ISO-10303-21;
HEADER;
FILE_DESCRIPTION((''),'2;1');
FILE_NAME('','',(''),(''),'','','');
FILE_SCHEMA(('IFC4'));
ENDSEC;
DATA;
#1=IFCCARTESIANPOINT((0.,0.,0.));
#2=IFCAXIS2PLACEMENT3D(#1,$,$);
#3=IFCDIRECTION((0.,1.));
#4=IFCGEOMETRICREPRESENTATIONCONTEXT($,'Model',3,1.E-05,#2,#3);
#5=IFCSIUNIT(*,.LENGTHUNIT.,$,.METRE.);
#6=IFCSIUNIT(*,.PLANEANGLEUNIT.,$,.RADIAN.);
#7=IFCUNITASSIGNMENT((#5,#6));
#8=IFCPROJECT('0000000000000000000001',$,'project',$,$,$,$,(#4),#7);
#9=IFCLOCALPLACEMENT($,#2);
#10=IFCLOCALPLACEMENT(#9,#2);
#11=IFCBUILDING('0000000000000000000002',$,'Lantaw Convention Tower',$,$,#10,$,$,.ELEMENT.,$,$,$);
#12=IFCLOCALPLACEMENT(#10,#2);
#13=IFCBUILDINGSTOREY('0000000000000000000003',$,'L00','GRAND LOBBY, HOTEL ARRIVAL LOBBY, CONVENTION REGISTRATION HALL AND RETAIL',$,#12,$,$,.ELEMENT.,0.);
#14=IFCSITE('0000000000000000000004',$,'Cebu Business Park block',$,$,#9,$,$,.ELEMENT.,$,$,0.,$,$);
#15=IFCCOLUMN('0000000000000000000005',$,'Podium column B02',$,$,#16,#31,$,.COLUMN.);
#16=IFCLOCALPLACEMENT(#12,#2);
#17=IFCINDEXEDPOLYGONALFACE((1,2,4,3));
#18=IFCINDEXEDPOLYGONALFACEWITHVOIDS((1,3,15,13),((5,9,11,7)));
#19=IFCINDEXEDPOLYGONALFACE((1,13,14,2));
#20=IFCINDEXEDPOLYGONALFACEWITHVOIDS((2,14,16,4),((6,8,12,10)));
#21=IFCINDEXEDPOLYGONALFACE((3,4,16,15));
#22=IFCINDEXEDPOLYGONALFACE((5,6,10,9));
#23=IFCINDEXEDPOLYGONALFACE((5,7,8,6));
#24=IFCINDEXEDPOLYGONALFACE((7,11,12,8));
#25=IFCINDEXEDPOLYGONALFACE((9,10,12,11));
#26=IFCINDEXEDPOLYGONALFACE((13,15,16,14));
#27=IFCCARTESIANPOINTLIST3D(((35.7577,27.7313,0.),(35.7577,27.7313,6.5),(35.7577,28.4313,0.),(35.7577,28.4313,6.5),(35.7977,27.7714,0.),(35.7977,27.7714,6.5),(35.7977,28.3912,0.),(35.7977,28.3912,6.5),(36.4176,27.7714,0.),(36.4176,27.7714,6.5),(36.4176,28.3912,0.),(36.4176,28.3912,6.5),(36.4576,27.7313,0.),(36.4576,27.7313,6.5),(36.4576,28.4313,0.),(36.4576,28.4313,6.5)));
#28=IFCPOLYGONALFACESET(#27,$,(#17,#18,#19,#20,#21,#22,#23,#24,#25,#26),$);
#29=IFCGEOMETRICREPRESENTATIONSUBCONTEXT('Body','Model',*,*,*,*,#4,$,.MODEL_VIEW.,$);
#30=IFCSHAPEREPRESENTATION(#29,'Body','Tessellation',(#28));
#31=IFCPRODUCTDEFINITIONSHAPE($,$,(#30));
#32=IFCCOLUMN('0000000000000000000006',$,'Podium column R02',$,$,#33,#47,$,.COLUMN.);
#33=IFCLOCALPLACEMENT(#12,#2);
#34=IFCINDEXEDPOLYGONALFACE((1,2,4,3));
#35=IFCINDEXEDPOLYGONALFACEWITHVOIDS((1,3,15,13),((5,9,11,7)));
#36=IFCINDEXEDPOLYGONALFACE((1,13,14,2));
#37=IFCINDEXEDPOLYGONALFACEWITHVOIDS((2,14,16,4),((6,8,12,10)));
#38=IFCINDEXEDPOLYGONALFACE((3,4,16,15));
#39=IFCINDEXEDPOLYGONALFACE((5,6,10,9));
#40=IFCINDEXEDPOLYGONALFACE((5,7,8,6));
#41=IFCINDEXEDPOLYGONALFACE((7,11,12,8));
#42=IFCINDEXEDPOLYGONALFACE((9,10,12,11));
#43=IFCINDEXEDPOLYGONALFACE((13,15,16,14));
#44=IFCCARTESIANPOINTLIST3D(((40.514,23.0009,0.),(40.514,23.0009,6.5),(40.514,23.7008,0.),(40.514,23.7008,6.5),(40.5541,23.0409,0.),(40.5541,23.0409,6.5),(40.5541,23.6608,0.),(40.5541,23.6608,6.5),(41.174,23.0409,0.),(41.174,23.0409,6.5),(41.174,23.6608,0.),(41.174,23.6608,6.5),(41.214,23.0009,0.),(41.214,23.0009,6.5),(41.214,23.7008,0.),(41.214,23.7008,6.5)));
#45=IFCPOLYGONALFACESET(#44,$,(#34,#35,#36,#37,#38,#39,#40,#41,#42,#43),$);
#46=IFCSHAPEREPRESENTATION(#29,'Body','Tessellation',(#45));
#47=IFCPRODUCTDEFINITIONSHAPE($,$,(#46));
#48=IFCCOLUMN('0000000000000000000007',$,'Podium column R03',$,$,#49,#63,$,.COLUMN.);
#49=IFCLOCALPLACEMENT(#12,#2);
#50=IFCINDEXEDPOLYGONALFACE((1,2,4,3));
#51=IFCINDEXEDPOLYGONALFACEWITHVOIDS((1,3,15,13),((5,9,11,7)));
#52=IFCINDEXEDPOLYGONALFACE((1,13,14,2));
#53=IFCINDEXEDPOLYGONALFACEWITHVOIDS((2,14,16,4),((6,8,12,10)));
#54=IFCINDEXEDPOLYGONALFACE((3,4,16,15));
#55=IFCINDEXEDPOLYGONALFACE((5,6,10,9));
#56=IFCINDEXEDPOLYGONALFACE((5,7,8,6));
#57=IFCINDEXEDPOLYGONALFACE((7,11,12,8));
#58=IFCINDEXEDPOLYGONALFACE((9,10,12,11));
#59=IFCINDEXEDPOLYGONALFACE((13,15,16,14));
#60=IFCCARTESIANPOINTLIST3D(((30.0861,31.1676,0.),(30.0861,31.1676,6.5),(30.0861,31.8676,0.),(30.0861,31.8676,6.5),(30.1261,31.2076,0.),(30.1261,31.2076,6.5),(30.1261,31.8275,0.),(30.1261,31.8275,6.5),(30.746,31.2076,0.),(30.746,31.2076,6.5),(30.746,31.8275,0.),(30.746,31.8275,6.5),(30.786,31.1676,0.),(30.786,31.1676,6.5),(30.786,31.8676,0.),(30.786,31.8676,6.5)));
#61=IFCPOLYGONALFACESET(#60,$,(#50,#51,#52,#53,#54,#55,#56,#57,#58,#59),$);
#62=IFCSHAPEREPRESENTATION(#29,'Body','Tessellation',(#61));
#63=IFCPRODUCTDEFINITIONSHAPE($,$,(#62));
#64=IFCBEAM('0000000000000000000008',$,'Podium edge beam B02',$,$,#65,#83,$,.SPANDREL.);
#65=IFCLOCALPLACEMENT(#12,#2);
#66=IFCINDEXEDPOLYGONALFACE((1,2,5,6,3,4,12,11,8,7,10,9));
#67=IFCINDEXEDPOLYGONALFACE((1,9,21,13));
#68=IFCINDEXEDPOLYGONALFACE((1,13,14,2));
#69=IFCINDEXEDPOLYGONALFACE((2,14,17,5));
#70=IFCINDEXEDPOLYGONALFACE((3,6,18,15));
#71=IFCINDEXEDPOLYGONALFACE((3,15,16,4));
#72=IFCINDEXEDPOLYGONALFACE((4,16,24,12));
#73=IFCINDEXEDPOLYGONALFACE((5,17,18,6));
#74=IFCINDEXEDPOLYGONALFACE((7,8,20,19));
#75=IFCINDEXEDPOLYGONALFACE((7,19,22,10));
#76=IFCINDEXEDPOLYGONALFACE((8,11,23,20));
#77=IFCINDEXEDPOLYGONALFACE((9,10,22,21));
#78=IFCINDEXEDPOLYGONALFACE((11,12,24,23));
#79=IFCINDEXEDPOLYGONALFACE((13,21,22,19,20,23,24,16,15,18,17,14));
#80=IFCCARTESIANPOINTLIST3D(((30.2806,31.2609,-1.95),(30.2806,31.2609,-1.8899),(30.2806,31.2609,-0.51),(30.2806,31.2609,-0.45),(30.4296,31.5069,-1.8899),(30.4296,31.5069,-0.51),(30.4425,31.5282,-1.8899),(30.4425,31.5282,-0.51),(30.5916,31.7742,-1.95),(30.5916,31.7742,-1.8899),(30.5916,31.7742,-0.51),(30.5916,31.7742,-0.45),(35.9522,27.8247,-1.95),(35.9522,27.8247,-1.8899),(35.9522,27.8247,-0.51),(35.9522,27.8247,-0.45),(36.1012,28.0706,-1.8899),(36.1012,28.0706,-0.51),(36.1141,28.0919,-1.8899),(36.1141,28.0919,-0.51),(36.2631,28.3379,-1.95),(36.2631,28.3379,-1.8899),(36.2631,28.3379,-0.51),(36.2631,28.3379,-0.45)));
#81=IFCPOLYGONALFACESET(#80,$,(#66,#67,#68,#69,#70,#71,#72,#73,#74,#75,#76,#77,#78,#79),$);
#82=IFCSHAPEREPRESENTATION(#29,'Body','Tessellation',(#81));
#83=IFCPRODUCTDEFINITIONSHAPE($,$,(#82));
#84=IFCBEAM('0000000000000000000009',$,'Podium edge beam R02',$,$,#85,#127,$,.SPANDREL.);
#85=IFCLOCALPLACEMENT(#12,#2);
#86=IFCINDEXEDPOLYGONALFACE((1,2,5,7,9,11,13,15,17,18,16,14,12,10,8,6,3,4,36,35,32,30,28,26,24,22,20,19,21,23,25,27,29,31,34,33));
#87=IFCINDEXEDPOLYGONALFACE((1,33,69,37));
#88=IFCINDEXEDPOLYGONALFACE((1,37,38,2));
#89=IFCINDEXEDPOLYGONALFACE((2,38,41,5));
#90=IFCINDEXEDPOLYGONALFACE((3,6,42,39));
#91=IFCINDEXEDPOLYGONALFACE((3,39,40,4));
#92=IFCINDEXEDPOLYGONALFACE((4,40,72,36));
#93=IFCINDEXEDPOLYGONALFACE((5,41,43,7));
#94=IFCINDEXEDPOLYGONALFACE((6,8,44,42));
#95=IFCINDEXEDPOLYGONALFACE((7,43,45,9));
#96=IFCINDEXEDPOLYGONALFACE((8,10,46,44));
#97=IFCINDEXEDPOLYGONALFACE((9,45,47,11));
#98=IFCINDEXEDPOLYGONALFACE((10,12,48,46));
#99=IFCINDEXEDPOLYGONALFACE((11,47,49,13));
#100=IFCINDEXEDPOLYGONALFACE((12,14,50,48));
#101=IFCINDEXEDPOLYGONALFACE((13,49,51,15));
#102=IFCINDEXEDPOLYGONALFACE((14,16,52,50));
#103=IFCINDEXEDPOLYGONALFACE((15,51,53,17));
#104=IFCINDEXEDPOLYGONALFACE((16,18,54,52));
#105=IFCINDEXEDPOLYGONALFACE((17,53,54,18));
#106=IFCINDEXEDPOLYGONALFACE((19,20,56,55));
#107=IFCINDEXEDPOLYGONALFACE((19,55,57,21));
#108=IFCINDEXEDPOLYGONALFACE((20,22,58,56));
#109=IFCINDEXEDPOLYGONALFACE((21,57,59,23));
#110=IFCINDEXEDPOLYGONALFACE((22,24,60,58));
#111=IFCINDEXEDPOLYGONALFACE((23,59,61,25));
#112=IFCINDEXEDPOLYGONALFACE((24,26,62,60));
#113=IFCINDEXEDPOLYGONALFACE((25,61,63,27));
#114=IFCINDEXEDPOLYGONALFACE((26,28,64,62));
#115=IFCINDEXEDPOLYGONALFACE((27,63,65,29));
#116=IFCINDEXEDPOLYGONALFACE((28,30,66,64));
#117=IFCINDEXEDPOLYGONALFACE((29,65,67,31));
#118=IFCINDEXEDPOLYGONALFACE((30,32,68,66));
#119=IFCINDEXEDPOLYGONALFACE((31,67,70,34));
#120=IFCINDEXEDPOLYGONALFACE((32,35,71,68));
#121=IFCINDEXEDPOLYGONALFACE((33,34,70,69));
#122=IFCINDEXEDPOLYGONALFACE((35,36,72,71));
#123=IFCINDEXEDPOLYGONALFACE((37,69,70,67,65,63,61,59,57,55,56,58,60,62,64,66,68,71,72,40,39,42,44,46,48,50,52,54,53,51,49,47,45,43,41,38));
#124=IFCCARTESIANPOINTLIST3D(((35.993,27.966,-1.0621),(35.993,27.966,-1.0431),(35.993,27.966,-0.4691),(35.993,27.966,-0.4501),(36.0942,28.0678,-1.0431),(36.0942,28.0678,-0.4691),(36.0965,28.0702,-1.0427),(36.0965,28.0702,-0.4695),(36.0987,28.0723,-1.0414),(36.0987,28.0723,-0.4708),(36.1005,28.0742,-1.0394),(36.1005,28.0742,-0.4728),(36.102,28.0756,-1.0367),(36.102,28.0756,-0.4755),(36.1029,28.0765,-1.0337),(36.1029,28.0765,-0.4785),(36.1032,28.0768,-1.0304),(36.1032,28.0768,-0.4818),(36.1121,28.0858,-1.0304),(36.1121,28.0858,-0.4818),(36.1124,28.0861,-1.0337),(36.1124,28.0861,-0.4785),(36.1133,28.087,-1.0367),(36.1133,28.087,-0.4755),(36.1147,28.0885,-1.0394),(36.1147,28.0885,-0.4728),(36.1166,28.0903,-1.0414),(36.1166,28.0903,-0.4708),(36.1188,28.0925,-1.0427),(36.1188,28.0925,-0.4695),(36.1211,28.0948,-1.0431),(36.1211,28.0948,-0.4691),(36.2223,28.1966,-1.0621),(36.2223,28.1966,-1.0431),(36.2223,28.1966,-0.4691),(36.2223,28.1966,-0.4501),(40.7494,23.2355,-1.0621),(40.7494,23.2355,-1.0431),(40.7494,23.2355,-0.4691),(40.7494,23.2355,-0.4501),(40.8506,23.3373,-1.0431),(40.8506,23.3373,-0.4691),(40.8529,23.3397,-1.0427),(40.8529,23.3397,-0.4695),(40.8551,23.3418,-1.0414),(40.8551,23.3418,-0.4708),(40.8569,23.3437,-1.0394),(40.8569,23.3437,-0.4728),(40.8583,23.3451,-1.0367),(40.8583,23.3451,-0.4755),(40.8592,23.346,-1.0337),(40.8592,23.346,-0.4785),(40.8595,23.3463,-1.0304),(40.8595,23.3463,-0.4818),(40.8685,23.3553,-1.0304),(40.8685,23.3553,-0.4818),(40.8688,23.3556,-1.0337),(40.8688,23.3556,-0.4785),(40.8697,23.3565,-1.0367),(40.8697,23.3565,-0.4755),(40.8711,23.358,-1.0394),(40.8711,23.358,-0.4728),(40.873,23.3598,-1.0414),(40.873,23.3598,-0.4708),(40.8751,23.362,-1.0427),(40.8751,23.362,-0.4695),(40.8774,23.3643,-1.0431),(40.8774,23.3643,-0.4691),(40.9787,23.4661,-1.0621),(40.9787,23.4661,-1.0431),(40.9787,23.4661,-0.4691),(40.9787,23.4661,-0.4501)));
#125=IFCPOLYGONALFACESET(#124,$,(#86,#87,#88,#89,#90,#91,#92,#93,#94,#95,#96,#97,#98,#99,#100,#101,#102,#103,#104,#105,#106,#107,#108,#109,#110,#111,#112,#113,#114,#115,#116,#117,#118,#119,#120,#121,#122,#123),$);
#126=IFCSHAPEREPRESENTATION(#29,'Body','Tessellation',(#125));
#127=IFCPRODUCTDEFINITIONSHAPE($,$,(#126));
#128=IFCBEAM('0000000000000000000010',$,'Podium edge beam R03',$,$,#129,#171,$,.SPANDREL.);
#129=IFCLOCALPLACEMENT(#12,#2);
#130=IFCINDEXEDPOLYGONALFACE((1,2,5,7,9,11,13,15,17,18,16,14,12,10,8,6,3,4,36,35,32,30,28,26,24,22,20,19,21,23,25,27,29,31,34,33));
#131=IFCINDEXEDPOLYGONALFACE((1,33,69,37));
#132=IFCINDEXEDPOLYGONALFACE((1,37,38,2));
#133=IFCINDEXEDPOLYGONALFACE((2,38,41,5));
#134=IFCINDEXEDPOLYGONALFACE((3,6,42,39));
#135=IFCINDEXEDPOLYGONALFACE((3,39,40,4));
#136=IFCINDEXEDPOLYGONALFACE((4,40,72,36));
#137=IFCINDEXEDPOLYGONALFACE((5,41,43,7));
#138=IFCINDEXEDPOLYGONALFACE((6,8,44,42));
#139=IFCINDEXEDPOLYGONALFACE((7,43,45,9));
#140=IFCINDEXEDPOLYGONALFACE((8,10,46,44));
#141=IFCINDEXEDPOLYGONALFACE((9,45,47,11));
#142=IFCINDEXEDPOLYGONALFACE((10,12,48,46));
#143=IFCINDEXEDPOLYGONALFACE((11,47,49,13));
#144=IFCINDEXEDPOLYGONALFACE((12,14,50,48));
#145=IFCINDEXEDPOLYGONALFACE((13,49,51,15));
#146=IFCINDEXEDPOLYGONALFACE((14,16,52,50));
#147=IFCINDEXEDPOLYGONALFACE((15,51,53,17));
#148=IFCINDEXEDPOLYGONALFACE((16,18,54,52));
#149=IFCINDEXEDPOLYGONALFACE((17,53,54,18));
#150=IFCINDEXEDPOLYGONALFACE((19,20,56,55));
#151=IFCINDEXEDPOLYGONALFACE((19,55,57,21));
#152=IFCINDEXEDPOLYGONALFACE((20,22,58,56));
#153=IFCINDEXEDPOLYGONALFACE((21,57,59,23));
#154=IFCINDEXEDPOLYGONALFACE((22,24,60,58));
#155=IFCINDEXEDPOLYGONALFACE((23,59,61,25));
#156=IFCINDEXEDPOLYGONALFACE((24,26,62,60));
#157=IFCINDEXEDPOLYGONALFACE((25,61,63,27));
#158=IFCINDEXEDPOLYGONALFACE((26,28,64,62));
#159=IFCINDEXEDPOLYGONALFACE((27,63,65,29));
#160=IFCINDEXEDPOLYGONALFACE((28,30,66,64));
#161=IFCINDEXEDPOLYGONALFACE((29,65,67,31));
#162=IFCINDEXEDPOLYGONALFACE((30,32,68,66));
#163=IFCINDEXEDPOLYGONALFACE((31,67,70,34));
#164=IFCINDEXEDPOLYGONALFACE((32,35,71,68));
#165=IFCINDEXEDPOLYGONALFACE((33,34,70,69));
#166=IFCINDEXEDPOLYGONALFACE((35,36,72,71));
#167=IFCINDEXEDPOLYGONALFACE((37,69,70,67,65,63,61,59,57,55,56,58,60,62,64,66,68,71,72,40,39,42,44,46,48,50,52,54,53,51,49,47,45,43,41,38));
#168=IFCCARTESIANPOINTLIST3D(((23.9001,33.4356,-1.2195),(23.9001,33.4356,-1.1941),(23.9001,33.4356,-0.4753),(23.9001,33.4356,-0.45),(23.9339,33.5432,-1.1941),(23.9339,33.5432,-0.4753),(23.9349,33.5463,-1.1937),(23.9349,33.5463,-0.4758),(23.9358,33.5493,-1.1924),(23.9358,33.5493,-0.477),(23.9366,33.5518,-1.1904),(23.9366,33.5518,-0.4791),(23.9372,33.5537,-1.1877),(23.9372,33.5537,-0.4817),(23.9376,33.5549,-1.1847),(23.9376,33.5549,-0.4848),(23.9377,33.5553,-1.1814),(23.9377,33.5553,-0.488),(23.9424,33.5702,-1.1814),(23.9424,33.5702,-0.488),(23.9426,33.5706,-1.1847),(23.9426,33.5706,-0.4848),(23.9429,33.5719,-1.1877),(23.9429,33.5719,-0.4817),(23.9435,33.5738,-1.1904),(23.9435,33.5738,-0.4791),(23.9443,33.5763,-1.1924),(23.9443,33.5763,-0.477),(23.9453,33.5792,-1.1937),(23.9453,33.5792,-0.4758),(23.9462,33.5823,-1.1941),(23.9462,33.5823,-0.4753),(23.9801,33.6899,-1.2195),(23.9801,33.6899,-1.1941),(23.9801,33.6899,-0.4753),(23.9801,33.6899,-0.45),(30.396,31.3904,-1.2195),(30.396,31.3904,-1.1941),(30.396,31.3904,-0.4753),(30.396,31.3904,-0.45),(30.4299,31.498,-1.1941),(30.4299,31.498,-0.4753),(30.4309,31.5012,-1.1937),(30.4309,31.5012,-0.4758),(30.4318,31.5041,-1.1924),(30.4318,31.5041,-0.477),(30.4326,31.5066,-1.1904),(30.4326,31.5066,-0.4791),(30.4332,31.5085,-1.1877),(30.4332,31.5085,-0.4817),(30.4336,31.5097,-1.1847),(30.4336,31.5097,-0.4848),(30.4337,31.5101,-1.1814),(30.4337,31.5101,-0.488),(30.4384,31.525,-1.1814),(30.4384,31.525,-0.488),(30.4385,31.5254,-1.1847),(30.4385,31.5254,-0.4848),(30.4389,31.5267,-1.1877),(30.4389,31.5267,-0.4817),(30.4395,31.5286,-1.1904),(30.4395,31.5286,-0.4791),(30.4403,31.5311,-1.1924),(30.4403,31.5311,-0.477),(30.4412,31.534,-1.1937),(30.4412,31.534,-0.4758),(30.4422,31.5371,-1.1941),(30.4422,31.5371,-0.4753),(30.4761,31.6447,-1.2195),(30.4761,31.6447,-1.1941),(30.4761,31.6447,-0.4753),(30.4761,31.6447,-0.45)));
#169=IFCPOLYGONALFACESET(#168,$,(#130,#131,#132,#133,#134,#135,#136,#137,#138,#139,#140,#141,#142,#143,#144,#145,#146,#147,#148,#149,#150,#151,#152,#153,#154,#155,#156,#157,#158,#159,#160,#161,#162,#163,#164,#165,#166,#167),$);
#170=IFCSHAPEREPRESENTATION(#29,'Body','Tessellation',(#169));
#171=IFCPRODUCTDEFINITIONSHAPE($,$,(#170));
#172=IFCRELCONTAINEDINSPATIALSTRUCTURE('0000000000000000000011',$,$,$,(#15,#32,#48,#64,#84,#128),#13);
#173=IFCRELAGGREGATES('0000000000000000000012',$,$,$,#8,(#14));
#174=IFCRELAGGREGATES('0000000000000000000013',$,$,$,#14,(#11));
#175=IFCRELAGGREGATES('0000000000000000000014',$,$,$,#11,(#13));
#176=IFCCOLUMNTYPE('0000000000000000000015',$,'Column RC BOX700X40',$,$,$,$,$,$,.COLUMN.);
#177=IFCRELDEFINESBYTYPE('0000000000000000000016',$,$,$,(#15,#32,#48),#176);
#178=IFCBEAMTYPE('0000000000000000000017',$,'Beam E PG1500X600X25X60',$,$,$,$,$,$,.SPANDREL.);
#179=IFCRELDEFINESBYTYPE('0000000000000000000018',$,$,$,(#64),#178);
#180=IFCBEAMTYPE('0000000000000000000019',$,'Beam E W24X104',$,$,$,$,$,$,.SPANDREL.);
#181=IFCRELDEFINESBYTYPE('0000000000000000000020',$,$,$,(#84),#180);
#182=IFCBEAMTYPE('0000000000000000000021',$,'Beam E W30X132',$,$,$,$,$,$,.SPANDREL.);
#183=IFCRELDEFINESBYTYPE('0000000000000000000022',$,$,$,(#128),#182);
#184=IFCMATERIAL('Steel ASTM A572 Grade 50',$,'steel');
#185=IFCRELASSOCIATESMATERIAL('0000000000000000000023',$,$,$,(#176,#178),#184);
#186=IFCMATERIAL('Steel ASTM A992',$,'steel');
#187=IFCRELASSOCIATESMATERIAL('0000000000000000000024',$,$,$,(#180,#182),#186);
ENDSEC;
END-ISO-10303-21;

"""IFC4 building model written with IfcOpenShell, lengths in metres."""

from ifc_helpers import new_model, si_unit, direction, frame, origin, origin_2d, place, context, subcontext, project, spatial, hollow_rectangle, i_section, extrude, material, material_profile, profile_set, type_object, element, save


model = new_model("IFC4")

# Units and contexts
model_context = context("Model", 3, precision=1e-05, world=origin(), true_north=direction((0.0, 1.0)))
body_context = subcontext(model_context, "Body", "Model", "MODEL_VIEW")
ifc_project = project(units=[si_unit("LENGTHUNIT", "METRE"), si_unit("PLANEANGLEUNIT", "RADIAN")], contexts=[model_context])

# Site, building, storey
site_placement = place(None, origin())
site = spatial("IfcSite", under=ifc_project, at=site_placement, Name="Cebu Business Park block", CompositionType="ELEMENT", RefElevation=0.0)
building_placement = place(site_placement, origin())
building = spatial("IfcBuilding", under=site, at=building_placement, Name="Lantaw Convention Tower", CompositionType="ELEMENT")
storey_placement = place(building_placement, origin())
storey = spatial("IfcBuildingStorey", under=building, at=storey_placement, Name="L00", Description="GRAND LOBBY, HOTEL ARRIVAL LOBBY, CONVENTION REGISTRATION HALL AND RETAIL", CompositionType="ELEMENT", Elevation=0.0)

# Columns
ifc_material_1 = material(Name="Steel ASTM A572 Grade 50", Category="steel")
ifc_material_profile_1 = material_profile(ifc_material_1, hollow_rectangle(XDim=0.7, YDim=0.7, WallThickness=0.04, at=origin_2d()), Name="BOX700X40")
ifc_profile_set_1 = profile_set([ifc_material_profile_1], Name="Steel ASTM A572 Grade 50")
column_type = type_object("IfcColumnType", Name="Column RC BOX700X40", PredefinedType="COLUMN", material=ifc_profile_set_1)
for number, where, z_axis, x_axis, name in (
    (1, (36.1077, 28.0813, 0.0), (0.0, 0.0, 1.0), (1.0, 0.0, 0.0), "Podium column B02"),
    (2, (40.864, 23.3508, 0.0), (0.0, 0.0, 1.0), (1.0, 0.0, 0.0), "Podium column R02"),
    (3, (30.436, 31.5176, 0.0), (0.0, 0.0, 1.0), (1.0, 0.0, 0.0), "Podium column R03"),
):
    element("IfcColumn", number, at=place(storey_placement, frame(where, z_axis=z_axis, x_axis=x_axis)), inside=storey, type_object=column_type, Name=name, PredefinedType="COLUMN", context=body_context, shape_type="SweptSolid", body=[
        extrude(hollow_rectangle(XDim=0.7, YDim=0.7, WallThickness=0.04, at=origin_2d()), origin(), (0.0, 0.0, 1.0), 6.5),
    ])

# Beams
ifc_material_profile_2 = material_profile(ifc_material_1, i_section(OverallWidth=0.6001, OverallDepth=1.5, WebThickness=0.0249, FlangeThickness=0.0601, at=origin_2d()), Name="PG1500X600X25X60")
ifc_profile_set_2 = profile_set([ifc_material_profile_2], Name="Steel ASTM A572 Grade 50")
beam_type_1 = type_object("IfcBeamType", Name="Beam E PG1500X600X25X60", PredefinedType="SPANDREL", material=ifc_profile_set_2)
beam_1_placement = place(storey_placement, frame((36.1077, 28.0813, -1.2), z_axis=(-0.85527, 0.518183, 0.0), x_axis=(-0.518183, -0.85527, 0.0)))
element("IfcBeam", 4, at=beam_1_placement, inside=storey, type_object=beam_type_1, Name="Podium edge beam B02", PredefinedType="SPANDREL", context=body_context, shape_type="SweptSolid", body=[
    extrude(i_section(OverallWidth=0.6001, OverallDepth=1.5, WebThickness=0.0249, FlangeThickness=0.0601, at=origin_2d()), origin(), (0.0, 0.0, 1.0), 6.6313),
])
ifc_material_2 = material(Name="Steel ASTM A992", Category="steel")
ifc_material_profile_3 = material_profile(ifc_material_2, i_section(OverallWidth=0.3252, OverallDepth=0.6121, WebThickness=0.0127, FlangeThickness=0.019, FilletRadius=0.0127, at=origin_2d()), Name="W24X104")
ifc_profile_set_3 = profile_set([ifc_material_profile_3], Name="Steel ASTM A992")
beam_type_2 = type_object("IfcBeamType", Name="Beam E W24X104", PredefinedType="SPANDREL", material=ifc_profile_set_3)
beam_2_placement = place(storey_placement, frame((40.864, 23.3508, -0.7561), z_axis=(-0.709033, 0.705175, 0.0), x_axis=(-0.705175, -0.709033, 0.0)))
element("IfcBeam", 5, at=beam_2_placement, inside=storey, type_object=beam_type_2, Name="Podium edge beam R02", PredefinedType="SPANDREL", context=body_context, shape_type="SweptSolid", body=[
    extrude(i_section(OverallWidth=0.3252, OverallDepth=0.6121, WebThickness=0.0127, FlangeThickness=0.019, FilletRadius=0.0127, at=origin_2d()), origin(), (0.0, 0.0, 1.0), 6.7083),
])
ifc_material_profile_4 = material_profile(ifc_material_2, i_section(OverallWidth=0.2666, OverallDepth=0.7695, WebThickness=0.0156, FlangeThickness=0.0254, FilletRadius=0.0127, at=origin_2d()), Name="W30X132")
ifc_profile_set_4 = profile_set([ifc_material_profile_4], Name="Steel ASTM A992")
beam_type_3 = type_object("IfcBeamType", Name="Beam E W30X132", PredefinedType="SPANDREL", material=ifc_profile_set_4)
beam_3_placement = place(storey_placement, frame((30.436, 31.5176, -0.8347), z_axis=(-0.953842, 0.300309, 0.0), x_axis=(-0.300309, -0.953842, 0.0)))
element("IfcBeam", 6, at=beam_3_placement, inside=storey, type_object=beam_type_3, Name="Podium edge beam R03", PredefinedType="SPANDREL", context=body_context, shape_type="SweptSolid", body=[
    extrude(i_section(OverallWidth=0.2666, OverallDepth=0.7695, WebThickness=0.0156, FlangeThickness=0.0254, FilletRadius=0.0127, at=origin_2d()), origin(), (0.0, 0.0, 1.0), 6.8103),
])

save(model, "model.ifc")
